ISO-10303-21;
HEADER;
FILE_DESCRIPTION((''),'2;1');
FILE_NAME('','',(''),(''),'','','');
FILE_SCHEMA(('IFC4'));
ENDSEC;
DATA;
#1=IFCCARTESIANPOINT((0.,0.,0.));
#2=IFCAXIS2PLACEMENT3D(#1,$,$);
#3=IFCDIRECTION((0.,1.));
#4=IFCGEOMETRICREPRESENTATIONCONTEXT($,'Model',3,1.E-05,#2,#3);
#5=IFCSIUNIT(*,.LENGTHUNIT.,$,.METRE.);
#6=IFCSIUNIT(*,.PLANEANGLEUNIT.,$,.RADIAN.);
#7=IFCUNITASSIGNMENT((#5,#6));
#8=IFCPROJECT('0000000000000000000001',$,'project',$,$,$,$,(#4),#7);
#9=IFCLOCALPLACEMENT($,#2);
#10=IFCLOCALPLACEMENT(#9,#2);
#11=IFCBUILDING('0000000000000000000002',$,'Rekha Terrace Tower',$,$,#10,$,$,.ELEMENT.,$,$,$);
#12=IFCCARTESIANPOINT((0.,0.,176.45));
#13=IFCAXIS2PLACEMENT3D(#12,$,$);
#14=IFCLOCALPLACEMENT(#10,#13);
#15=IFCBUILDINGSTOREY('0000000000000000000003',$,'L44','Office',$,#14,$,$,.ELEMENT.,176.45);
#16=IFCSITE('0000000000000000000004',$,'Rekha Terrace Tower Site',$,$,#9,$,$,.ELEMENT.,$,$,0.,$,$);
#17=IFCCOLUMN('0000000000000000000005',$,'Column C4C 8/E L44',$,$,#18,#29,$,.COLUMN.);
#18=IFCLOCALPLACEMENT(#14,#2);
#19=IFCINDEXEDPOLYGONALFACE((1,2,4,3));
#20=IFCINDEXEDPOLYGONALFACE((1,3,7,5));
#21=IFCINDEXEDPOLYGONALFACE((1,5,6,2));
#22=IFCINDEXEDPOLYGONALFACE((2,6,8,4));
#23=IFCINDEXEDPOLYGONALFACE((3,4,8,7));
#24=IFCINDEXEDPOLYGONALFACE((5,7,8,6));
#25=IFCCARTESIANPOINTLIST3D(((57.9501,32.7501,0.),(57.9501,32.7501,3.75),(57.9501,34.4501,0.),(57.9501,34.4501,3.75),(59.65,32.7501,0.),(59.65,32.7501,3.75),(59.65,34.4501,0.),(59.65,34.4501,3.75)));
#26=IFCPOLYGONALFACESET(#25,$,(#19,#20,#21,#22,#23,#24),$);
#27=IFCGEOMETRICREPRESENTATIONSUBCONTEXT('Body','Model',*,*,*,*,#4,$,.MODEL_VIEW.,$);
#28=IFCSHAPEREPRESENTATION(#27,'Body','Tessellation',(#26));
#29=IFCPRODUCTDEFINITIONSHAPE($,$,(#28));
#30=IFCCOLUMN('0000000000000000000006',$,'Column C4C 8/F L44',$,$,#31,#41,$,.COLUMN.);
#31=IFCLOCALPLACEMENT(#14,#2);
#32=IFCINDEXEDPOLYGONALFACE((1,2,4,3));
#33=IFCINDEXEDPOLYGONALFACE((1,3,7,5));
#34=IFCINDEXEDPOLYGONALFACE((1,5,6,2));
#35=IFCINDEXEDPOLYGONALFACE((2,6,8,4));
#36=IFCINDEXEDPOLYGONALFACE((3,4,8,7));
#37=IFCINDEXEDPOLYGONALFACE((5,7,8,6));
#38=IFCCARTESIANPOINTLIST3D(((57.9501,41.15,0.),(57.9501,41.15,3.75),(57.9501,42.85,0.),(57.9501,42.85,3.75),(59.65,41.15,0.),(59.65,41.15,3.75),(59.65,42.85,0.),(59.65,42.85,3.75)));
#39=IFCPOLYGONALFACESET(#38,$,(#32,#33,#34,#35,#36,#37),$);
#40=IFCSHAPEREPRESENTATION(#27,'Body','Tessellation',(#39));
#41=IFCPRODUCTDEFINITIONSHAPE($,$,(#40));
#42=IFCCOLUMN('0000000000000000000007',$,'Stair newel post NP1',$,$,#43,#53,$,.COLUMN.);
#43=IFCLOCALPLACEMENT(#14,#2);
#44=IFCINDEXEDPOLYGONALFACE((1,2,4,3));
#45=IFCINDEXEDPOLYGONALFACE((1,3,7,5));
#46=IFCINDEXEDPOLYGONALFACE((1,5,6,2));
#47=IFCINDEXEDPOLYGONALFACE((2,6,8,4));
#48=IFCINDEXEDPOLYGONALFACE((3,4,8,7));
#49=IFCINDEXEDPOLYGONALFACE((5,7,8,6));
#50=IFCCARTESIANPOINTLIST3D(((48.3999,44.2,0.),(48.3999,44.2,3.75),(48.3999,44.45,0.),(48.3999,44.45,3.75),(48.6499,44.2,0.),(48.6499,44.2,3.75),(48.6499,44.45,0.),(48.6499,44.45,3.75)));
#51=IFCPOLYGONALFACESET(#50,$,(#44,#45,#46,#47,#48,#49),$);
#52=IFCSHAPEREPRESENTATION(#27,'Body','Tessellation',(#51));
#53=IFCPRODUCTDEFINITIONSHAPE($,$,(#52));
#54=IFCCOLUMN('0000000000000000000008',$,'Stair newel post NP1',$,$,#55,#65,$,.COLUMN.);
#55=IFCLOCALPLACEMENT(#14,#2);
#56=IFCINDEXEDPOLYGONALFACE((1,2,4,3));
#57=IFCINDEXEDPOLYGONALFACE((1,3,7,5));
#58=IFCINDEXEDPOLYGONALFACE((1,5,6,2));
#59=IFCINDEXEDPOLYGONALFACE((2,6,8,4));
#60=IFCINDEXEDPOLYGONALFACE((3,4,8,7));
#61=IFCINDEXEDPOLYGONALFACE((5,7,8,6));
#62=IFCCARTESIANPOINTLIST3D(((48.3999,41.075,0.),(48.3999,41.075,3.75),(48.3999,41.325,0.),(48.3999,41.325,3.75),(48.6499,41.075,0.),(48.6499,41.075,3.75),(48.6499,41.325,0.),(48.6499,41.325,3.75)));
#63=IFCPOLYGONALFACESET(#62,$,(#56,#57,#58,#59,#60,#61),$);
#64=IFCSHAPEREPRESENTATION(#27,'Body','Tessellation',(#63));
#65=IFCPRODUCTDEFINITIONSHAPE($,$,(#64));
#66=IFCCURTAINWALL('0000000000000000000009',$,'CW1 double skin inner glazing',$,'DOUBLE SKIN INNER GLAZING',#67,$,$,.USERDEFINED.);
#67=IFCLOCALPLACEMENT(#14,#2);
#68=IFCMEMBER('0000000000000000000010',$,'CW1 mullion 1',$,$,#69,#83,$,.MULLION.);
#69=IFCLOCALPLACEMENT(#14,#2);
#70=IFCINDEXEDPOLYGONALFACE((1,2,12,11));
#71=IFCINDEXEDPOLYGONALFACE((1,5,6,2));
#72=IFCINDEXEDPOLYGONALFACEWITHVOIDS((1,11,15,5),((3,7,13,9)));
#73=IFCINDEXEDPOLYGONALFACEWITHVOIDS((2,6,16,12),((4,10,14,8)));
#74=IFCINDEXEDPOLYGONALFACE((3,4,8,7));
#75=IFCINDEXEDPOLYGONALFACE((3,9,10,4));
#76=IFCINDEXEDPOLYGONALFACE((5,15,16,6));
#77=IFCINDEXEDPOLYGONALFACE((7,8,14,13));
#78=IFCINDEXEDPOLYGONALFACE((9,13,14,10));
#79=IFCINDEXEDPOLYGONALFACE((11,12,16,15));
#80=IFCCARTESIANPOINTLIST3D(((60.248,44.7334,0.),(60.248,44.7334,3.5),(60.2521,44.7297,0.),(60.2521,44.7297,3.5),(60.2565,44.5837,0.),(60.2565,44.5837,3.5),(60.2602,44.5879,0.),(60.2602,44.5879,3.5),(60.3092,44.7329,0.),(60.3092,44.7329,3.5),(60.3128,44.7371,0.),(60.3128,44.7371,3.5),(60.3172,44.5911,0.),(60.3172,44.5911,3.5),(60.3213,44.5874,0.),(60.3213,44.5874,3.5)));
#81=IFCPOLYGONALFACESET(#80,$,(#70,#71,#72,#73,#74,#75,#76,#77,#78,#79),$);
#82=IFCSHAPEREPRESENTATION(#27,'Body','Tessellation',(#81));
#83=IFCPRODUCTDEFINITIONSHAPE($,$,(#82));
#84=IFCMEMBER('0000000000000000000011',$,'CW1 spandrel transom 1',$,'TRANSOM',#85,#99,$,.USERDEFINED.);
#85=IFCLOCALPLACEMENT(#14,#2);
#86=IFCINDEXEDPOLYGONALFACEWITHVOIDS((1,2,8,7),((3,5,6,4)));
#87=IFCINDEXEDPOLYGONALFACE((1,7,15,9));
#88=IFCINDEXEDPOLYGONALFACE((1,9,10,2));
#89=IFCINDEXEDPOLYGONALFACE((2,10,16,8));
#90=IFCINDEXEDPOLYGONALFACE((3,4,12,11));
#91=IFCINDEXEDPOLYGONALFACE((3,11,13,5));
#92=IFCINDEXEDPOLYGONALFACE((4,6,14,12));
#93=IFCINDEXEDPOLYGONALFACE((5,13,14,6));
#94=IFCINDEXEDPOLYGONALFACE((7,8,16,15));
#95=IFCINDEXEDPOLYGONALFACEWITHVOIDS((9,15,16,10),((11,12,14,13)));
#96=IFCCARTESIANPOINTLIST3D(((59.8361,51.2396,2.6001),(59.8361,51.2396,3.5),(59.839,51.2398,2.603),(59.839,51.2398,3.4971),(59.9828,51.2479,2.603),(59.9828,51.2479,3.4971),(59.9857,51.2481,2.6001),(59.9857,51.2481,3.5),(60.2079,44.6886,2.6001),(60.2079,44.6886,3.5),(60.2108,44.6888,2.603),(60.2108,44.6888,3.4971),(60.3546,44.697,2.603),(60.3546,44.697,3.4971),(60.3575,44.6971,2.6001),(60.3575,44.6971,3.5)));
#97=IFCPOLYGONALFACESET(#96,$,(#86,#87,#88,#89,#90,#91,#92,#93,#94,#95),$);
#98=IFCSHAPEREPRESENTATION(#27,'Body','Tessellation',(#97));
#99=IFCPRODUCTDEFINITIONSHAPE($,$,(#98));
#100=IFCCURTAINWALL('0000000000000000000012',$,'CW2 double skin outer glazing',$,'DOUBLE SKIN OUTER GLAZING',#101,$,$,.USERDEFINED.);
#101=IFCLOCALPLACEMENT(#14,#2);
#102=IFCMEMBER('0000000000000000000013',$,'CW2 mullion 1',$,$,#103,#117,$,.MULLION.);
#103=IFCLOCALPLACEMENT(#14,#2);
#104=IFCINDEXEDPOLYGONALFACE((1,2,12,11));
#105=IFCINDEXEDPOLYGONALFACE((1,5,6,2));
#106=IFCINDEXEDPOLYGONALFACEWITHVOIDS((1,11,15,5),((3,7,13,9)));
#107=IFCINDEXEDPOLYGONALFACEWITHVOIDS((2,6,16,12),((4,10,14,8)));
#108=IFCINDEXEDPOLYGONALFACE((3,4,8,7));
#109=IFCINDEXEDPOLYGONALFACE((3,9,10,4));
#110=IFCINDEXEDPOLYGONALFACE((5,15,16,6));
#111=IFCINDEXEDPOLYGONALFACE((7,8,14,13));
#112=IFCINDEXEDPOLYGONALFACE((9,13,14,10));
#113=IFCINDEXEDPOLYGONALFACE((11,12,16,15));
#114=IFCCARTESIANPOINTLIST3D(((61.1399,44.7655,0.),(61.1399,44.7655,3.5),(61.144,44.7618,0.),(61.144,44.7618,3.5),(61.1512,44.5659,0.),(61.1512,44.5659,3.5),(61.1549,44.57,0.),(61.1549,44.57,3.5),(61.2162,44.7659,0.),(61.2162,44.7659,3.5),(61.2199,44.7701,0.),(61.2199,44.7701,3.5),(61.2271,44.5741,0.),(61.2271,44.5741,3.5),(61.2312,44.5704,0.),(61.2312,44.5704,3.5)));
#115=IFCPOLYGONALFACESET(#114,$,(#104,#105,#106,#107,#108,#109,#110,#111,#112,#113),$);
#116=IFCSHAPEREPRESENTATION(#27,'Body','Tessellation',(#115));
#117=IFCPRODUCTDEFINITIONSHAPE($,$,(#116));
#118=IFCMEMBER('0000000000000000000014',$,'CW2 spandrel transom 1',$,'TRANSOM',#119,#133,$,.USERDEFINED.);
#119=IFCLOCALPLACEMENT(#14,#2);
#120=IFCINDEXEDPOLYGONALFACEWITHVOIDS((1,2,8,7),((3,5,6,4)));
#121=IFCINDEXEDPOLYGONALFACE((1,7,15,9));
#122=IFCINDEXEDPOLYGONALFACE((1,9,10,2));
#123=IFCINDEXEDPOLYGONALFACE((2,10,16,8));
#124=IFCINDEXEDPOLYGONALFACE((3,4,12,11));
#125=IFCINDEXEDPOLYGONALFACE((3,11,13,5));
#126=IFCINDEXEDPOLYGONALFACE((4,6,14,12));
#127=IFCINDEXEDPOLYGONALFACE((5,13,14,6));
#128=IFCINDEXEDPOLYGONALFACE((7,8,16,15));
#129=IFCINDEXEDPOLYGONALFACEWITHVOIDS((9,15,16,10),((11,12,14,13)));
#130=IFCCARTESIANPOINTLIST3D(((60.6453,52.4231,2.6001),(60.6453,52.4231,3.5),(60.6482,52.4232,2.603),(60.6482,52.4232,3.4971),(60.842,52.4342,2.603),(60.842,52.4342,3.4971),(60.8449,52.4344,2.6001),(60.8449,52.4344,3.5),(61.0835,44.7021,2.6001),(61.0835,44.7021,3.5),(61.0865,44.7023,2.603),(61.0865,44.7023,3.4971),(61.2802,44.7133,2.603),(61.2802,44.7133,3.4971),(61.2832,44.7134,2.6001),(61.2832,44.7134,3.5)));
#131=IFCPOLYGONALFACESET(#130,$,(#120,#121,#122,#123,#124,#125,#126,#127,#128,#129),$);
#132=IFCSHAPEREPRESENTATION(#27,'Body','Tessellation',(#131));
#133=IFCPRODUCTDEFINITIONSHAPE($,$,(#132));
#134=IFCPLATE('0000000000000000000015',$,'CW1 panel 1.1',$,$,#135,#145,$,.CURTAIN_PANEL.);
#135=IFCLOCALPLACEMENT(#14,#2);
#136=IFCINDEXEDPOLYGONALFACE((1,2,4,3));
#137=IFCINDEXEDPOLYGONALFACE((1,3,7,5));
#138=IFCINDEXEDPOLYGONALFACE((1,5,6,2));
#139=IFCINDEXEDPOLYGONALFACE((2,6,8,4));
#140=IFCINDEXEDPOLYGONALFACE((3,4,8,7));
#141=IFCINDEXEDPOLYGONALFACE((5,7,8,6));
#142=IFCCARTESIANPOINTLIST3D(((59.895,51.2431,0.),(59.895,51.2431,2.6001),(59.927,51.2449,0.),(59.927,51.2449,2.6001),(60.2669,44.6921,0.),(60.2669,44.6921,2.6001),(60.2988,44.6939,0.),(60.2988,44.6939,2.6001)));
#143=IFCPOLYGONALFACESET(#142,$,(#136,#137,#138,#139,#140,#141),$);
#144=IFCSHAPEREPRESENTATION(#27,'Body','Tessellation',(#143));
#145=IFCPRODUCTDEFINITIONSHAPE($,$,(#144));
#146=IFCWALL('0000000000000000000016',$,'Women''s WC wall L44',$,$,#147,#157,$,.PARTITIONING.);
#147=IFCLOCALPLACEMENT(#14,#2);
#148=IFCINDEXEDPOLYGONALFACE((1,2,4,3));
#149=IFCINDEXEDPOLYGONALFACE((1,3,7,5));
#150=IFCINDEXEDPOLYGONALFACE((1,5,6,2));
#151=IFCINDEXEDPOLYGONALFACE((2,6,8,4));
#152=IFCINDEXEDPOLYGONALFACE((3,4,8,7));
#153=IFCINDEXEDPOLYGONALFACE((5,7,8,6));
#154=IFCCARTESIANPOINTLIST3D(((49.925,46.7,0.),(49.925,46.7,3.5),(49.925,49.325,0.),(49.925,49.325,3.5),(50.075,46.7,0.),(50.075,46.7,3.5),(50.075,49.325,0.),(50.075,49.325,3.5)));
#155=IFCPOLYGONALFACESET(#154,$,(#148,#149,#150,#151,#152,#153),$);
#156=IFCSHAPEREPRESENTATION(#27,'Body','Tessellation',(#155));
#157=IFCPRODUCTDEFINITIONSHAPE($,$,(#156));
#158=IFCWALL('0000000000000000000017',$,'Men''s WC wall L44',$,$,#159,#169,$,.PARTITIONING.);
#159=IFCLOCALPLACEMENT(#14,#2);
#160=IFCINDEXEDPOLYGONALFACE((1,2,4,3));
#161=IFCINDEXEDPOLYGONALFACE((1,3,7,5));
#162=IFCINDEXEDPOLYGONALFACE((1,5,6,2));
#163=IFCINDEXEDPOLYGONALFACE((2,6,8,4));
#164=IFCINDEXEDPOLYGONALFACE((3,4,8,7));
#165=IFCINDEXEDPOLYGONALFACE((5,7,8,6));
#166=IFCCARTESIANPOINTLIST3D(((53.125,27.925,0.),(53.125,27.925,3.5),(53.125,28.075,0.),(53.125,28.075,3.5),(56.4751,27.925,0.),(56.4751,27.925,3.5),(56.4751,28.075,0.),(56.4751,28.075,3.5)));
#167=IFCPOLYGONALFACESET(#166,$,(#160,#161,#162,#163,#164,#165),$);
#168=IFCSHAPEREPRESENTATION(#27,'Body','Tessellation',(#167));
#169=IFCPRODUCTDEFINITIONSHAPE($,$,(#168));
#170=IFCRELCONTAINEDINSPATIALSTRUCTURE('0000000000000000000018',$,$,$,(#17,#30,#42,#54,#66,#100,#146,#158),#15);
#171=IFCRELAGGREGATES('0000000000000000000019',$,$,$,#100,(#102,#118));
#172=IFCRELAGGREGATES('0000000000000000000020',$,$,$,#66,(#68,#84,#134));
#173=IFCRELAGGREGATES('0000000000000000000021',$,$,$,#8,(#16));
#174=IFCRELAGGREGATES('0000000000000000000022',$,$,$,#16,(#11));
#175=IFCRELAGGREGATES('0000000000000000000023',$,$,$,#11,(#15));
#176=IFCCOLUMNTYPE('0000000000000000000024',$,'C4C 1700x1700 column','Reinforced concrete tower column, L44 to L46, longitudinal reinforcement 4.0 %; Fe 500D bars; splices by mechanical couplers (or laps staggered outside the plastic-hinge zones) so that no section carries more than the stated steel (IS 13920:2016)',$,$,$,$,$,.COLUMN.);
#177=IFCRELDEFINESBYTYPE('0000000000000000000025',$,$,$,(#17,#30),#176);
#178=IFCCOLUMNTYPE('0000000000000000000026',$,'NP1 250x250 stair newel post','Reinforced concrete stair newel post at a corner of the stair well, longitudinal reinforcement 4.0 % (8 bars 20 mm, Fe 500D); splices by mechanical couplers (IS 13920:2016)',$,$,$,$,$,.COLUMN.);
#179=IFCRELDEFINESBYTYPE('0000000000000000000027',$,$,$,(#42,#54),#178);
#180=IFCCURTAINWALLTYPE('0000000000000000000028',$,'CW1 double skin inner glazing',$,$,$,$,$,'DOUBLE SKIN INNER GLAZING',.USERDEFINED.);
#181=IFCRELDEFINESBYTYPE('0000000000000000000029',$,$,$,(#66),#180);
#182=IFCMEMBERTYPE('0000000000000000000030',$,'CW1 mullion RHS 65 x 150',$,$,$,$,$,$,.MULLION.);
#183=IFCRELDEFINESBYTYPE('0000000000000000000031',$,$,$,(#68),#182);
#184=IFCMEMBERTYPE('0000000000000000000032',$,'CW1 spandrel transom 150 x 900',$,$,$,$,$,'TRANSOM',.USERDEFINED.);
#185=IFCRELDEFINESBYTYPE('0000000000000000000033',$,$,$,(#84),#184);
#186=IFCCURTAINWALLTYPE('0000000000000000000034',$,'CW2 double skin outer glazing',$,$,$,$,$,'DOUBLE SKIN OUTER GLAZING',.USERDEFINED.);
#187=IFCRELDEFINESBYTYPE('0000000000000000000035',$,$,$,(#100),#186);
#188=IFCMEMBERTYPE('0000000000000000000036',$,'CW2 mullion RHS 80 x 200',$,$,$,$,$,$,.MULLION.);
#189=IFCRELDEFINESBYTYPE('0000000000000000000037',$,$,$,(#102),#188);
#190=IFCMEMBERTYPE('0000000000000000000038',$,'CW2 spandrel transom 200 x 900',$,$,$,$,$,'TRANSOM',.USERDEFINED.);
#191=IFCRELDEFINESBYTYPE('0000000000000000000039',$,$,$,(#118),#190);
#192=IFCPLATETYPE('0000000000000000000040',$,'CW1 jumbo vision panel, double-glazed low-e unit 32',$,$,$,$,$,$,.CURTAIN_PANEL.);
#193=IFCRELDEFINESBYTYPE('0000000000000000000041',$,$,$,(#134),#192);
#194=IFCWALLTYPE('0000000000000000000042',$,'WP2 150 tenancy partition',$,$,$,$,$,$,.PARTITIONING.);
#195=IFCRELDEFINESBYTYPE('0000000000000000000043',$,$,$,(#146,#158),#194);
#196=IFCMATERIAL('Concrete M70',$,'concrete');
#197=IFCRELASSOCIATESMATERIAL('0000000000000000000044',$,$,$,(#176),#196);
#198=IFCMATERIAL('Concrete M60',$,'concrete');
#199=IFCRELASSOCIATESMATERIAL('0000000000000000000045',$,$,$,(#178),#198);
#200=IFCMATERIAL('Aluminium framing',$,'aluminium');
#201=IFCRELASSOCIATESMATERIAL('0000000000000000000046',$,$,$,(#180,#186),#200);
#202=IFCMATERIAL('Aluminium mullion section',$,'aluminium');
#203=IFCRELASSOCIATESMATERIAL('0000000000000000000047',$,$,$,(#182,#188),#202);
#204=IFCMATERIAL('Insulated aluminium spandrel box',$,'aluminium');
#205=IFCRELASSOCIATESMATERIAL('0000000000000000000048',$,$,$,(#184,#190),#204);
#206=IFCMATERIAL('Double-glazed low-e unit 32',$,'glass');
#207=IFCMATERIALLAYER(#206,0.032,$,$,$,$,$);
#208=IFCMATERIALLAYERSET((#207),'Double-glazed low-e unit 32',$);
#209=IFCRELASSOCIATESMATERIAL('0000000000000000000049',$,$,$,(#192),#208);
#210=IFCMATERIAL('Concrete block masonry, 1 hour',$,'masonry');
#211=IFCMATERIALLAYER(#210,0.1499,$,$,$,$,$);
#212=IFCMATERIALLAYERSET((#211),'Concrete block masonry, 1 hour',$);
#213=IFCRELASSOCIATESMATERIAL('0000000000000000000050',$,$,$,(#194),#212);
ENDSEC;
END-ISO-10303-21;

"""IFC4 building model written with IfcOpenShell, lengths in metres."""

from ifc_helpers import new_model, si_unit, direction, frame, frame_2d, origin, origin_2d, place, context, subcontext, project, spatial, rectangle, hollow_rectangle, extrude, material, layer, layer_set, material_profile, profile_set, type_object, element, aggregate, save


model = new_model("IFC4")

# Units and contexts
model_context = context("Model", 3, precision=1e-05, world=origin(), true_north=direction((0.0, 1.0)))
body_context = subcontext(model_context, "Body", "Model", "MODEL_VIEW")
ifc_project = project(units=[si_unit("LENGTHUNIT", "METRE"), si_unit("PLANEANGLEUNIT", "RADIAN")], contexts=[model_context])

# Site, building, storey
site_placement = place(None, origin())
site = spatial("IfcSite", under=ifc_project, at=site_placement, Name="Rekha Terrace Tower Site", CompositionType="ELEMENT", RefElevation=0.0)
building_placement = place(site_placement, origin())
building = spatial("IfcBuilding", under=site, at=building_placement, Name="Rekha Terrace Tower", CompositionType="ELEMENT")
storey_placement = place(building_placement, frame((0.0, 0.0, 176.45)))
storey = spatial("IfcBuildingStorey", under=building, at=storey_placement, Name="L44", Description="Office", CompositionType="ELEMENT", Elevation=176.45)

# Columns
ifc_material_1 = material(Name="Concrete M70", Category="concrete")
ifc_material_profile_1 = material_profile(ifc_material_1, rectangle(XDim=1.7, YDim=1.7, at=origin_2d()), Name="RC 1700x1700")
ifc_profile_set_1 = profile_set([ifc_material_profile_1], Name="Concrete M70")
column_type_1 = type_object("IfcColumnType", Name="C4C 1700x1700 column", Description="Reinforced concrete tower column, L44 to L46, longitudinal reinforcement 4.0 %; Fe 500D bars; splices by mechanical couplers (or laps staggered outside the plastic-hinge zones) so that no section carries more than the stated steel (IS 13920:2016)", PredefinedType="COLUMN", material=ifc_profile_set_1)
for number, where, z_axis, x_axis, name in (
    (1, (58.8, 33.6001, 0.0), (0.0, 0.0, 1.0), (1.0, 0.0, 0.0), "Column C4C 8/E L44"),
    (2, (58.8, 42.0, 0.0), (0.0, 0.0, 1.0), (1.0, 0.0, 0.0), "Column C4C 8/F L44"),
):
    element("IfcColumn", number, at=place(storey_placement, frame(where, z_axis=z_axis, x_axis=x_axis)), inside=storey, type_object=column_type_1, Name=name, PredefinedType="COLUMN", context=body_context, shape_type="SweptSolid", body=[
        extrude(rectangle(XDim=1.7, YDim=1.7, at=origin_2d()), origin(), (0.0, 0.0, 1.0), 3.75),
    ])
ifc_material_2 = material(Name="Concrete M60", Category="concrete")
ifc_material_profile_2 = material_profile(ifc_material_2, rectangle(XDim=0.25, YDim=0.25, at=origin_2d()), Name="RC 250x250")
ifc_profile_set_2 = profile_set([ifc_material_profile_2], Name="Concrete M60")
column_type_2 = type_object("IfcColumnType", Name="NP1 250x250 stair newel post", Description="Reinforced concrete stair newel post at a corner of the stair well, longitudinal reinforcement 4.0 % (8 bars 20 mm, Fe 500D); splices by mechanical couplers (IS 13920:2016)", PredefinedType="COLUMN", material=ifc_profile_set_2)
for number, where, z_axis, x_axis, name in (
    (3, (48.5249, 44.325, 0.0), (0.0, 0.0, 1.0), (1.0, 0.0, 0.0), "Stair newel post NP1"),
    (4, (48.5249, 41.2, 0.0), (0.0, 0.0, 1.0), (1.0, 0.0, 0.0), "Stair newel post NP1"),
):
    element("IfcColumn", number, at=place(storey_placement, frame(where, z_axis=z_axis, x_axis=x_axis)), inside=storey, type_object=column_type_2, Name=name, PredefinedType="COLUMN", context=body_context, shape_type="SweptSolid", body=[
        extrude(rectangle(XDim=0.25, YDim=0.25, at=origin_2d()), origin(), (0.0, 0.0, 1.0), 3.75),
    ])

# Curtain walls, members
ifc_material_3 = material(Name="Aluminium framing", Category="aluminium")
curtain_wall_type_1 = type_object("IfcCurtainWallType", Name="CW1 double skin inner glazing", ElementType="DOUBLE SKIN INNER GLAZING", PredefinedType="USERDEFINED", material=ifc_material_3)
curtain_wall_1_placement = place(storey_placement, origin())
curtain_wall_1 = element("IfcCurtainWall", 5, at=curtain_wall_1_placement, inside=storey, type_object=curtain_wall_type_1, Name="CW1 double skin inner glazing", ObjectType="DOUBLE SKIN INNER GLAZING", PredefinedType="USERDEFINED")
ifc_material_4 = material(Name="Aluminium mullion section", Category="aluminium")
ifc_material_profile_3 = material_profile(ifc_material_4, hollow_rectangle(XDim=0.0649, YDim=0.1499, WallThickness=0.0039, at=origin_2d()), Name="AL RHS 65x150")
ifc_profile_set_3 = profile_set([ifc_material_profile_3], Name="Aluminium mullion section")
member_type_1 = type_object("IfcMemberType", Name="CW1 mullion RHS 65 x 150", PredefinedType="MULLION", material=ifc_profile_set_3)
member_1_placement = place(storey_placement, frame((60.2847, 44.6604, 0.0), z_axis=(0.0, 0.0, 1.0), x_axis=(-0.998393, -0.056673, 0.0)))
member_1 = element("IfcMember", 6, at=member_1_placement, type_object=member_type_1, Name="CW1 mullion 1", PredefinedType="MULLION", context=body_context, shape_type="SweptSolid", body=[
    extrude(hollow_rectangle(XDim=0.0649, YDim=0.1499, WallThickness=0.0039, at=origin_2d()), origin(), (0.0, 0.0, 1.0), 3.5),
])
ifc_material_5 = material(Name="Insulated aluminium spandrel box", Category="aluminium")
ifc_material_profile_4 = material_profile(ifc_material_5, hollow_rectangle(XDim=0.1499, YDim=0.8999, WallThickness=0.0029, at=origin_2d()), Name="AL SPANDREL BOX 150x900")
ifc_profile_set_4 = profile_set([ifc_material_profile_4], Name="Insulated aluminium spandrel box")
member_type_2 = type_object("IfcMemberType", Name="CW1 spandrel transom 150 x 900", ElementType="TRANSOM", PredefinedType="USERDEFINED", material=ifc_profile_set_4)
member_2_placement = place(storey_placement, frame((60.2827, 44.6929, 3.05), z_axis=(-0.056667, 0.998393, 0.0), x_axis=(-0.998393, -0.056667, 0.0)))
member_2 = element("IfcMember", 7, at=member_2_placement, type_object=member_type_2, Name="CW1 spandrel transom 1", ObjectType="TRANSOM", PredefinedType="USERDEFINED", context=body_context, shape_type="SweptSolid", body=[
    extrude(hollow_rectangle(XDim=0.1499, YDim=0.8999, WallThickness=0.0029, at=origin_2d()), origin(), (0.0, 0.0, 1.0), 6.5615),
])
curtain_wall_type_2 = type_object("IfcCurtainWallType", Name="CW2 double skin outer glazing", ElementType="DOUBLE SKIN OUTER GLAZING", PredefinedType="USERDEFINED", material=ifc_material_3)
curtain_wall_2_placement = place(storey_placement, origin())
curtain_wall_2 = element("IfcCurtainWall", 8, at=curtain_wall_2_placement, inside=storey, type_object=curtain_wall_type_2, Name="CW2 double skin outer glazing", ObjectType="DOUBLE SKIN OUTER GLAZING", PredefinedType="USERDEFINED")
ifc_material_profile_5 = material_profile(ifc_material_4, hollow_rectangle(XDim=0.0801, YDim=0.2, WallThickness=0.0039, at=origin_2d()), Name="AL RHS 80x200")
ifc_profile_set_5 = profile_set([ifc_material_profile_5], Name="Aluminium mullion section")
member_type_3 = type_object("IfcMemberType", Name="CW2 mullion RHS 80 x 200", PredefinedType="MULLION", material=ifc_profile_set_5)
member_3_placement = place(storey_placement, frame((61.1855, 44.668, 0.0), z_axis=(0.0, 0.0, 1.0), x_axis=(-0.998393, -0.056673, 0.0)))
member_3 = element("IfcMember", 9, at=member_3_placement, type_object=member_type_3, Name="CW2 mullion 1", PredefinedType="MULLION", context=body_context, shape_type="SweptSolid", body=[
    extrude(hollow_rectangle(XDim=0.0801, YDim=0.2, WallThickness=0.0039, at=origin_2d()), origin(), (0.0, 0.0, 1.0), 3.5),
])
ifc_material_profile_6 = material_profile(ifc_material_5, hollow_rectangle(XDim=0.2, YDim=0.8999, WallThickness=0.0029, at=origin_2d()), Name="AL SPANDREL BOX 200x900")
ifc_profile_set_6 = profile_set([ifc_material_profile_6], Name="Insulated aluminium spandrel box")
member_type_4 = type_object("IfcMemberType", Name="CW2 spandrel transom 200 x 900", ElementType="TRANSOM", PredefinedType="USERDEFINED", material=ifc_profile_set_6)
member_4_placement = place(storey_placement, frame((61.1833, 44.7078, 3.05), z_axis=(-0.056668, 0.998393, 0.0), x_axis=(-0.998393, -0.056668, 0.0)))
member_4 = element("IfcMember", 10, at=member_4_placement, type_object=member_type_4, Name="CW2 spandrel transom 1", ObjectType="TRANSOM", PredefinedType="USERDEFINED", context=body_context, shape_type="SweptSolid", body=[
    extrude(hollow_rectangle(XDim=0.2, YDim=0.8999, WallThickness=0.0029, at=origin_2d()), origin(), (0.0, 0.0, 1.0), 7.7334),
])
aggregate(curtain_wall_2, [member_3, member_4])

# Plate
ifc_material_6 = material(Name="Double-glazed low-e unit 32", Category="glass")
ifc_layer_1 = layer(ifc_material_6, 0.032)
ifc_layer_set_1 = layer_set([ifc_layer_1], Name="Double-glazed low-e unit 32")
plate_type = type_object("IfcPlateType", Name="CW1 jumbo vision panel, double-glazed low-e unit 32", PredefinedType="CURTAIN_PANEL", material=ifc_layer_set_1)
plate_placement = place(storey_placement, frame((60.0969, 47.9685, 0.0), z_axis=(0.0, 0.0, 1.0), x_axis=(-0.056673, 0.998393, 0.0)))
plate = element("IfcPlate", 11, at=plate_placement, type_object=plate_type, Name="CW1 panel 1.1", PredefinedType="CURTAIN_PANEL", context=body_context, shape_type="SweptSolid", body=[
    extrude(rectangle(XDim=6.5615, YDim=0.032, at=origin_2d()), origin(), (0.0, 0.0, 1.0), 2.6001),
])
aggregate(curtain_wall_1, [member_1, member_2, plate])

# Walls
ifc_material_7 = material(Name="Concrete block masonry, 1 hour", Category="masonry")
ifc_layer_2 = layer(ifc_material_7, 0.1499)
ifc_layer_set_2 = layer_set([ifc_layer_2], Name="Concrete block masonry, 1 hour")
wall_type_1 = type_object("IfcWallType", Name="WP2 150 tenancy partition", PredefinedType="PARTITIONING", material=ifc_layer_set_2)
wall_1_placement = place(storey_placement, frame((50.0, 46.7, 0.0), z_axis=(0.0, 0.0, 1.0), x_axis=(0.0, 1.0, 0.0)))
element("IfcWall", 12, at=wall_1_placement, inside=storey, type_object=wall_type_1, Name="Women's WC wall L44", PredefinedType="PARTITIONING", context=body_context, shape_type="SweptSolid", body=[
    extrude(rectangle(XDim=2.625, YDim=0.1499, at=frame_2d((1.3125, 0.0))), origin(), (0.0, 0.0, 1.0), 3.5),
])
wall_2_placement = place(storey_placement, frame((53.125, 28.0, 0.0), z_axis=(0.0, 0.0, 1.0), x_axis=(1.0, 0.0, 0.0)))
element("IfcWall", 13, at=wall_2_placement, inside=storey, type_object=wall_type_1, Name="Men's WC wall L44", PredefinedType="PARTITIONING", context=body_context, shape_type="SweptSolid", body=[
    extrude(rectangle(XDim=3.3501, YDim=0.1499, at=frame_2d((1.675, 0.0))), origin(), (0.0, 0.0, 1.0), 3.5),
])

save(model, "model.ifc")
